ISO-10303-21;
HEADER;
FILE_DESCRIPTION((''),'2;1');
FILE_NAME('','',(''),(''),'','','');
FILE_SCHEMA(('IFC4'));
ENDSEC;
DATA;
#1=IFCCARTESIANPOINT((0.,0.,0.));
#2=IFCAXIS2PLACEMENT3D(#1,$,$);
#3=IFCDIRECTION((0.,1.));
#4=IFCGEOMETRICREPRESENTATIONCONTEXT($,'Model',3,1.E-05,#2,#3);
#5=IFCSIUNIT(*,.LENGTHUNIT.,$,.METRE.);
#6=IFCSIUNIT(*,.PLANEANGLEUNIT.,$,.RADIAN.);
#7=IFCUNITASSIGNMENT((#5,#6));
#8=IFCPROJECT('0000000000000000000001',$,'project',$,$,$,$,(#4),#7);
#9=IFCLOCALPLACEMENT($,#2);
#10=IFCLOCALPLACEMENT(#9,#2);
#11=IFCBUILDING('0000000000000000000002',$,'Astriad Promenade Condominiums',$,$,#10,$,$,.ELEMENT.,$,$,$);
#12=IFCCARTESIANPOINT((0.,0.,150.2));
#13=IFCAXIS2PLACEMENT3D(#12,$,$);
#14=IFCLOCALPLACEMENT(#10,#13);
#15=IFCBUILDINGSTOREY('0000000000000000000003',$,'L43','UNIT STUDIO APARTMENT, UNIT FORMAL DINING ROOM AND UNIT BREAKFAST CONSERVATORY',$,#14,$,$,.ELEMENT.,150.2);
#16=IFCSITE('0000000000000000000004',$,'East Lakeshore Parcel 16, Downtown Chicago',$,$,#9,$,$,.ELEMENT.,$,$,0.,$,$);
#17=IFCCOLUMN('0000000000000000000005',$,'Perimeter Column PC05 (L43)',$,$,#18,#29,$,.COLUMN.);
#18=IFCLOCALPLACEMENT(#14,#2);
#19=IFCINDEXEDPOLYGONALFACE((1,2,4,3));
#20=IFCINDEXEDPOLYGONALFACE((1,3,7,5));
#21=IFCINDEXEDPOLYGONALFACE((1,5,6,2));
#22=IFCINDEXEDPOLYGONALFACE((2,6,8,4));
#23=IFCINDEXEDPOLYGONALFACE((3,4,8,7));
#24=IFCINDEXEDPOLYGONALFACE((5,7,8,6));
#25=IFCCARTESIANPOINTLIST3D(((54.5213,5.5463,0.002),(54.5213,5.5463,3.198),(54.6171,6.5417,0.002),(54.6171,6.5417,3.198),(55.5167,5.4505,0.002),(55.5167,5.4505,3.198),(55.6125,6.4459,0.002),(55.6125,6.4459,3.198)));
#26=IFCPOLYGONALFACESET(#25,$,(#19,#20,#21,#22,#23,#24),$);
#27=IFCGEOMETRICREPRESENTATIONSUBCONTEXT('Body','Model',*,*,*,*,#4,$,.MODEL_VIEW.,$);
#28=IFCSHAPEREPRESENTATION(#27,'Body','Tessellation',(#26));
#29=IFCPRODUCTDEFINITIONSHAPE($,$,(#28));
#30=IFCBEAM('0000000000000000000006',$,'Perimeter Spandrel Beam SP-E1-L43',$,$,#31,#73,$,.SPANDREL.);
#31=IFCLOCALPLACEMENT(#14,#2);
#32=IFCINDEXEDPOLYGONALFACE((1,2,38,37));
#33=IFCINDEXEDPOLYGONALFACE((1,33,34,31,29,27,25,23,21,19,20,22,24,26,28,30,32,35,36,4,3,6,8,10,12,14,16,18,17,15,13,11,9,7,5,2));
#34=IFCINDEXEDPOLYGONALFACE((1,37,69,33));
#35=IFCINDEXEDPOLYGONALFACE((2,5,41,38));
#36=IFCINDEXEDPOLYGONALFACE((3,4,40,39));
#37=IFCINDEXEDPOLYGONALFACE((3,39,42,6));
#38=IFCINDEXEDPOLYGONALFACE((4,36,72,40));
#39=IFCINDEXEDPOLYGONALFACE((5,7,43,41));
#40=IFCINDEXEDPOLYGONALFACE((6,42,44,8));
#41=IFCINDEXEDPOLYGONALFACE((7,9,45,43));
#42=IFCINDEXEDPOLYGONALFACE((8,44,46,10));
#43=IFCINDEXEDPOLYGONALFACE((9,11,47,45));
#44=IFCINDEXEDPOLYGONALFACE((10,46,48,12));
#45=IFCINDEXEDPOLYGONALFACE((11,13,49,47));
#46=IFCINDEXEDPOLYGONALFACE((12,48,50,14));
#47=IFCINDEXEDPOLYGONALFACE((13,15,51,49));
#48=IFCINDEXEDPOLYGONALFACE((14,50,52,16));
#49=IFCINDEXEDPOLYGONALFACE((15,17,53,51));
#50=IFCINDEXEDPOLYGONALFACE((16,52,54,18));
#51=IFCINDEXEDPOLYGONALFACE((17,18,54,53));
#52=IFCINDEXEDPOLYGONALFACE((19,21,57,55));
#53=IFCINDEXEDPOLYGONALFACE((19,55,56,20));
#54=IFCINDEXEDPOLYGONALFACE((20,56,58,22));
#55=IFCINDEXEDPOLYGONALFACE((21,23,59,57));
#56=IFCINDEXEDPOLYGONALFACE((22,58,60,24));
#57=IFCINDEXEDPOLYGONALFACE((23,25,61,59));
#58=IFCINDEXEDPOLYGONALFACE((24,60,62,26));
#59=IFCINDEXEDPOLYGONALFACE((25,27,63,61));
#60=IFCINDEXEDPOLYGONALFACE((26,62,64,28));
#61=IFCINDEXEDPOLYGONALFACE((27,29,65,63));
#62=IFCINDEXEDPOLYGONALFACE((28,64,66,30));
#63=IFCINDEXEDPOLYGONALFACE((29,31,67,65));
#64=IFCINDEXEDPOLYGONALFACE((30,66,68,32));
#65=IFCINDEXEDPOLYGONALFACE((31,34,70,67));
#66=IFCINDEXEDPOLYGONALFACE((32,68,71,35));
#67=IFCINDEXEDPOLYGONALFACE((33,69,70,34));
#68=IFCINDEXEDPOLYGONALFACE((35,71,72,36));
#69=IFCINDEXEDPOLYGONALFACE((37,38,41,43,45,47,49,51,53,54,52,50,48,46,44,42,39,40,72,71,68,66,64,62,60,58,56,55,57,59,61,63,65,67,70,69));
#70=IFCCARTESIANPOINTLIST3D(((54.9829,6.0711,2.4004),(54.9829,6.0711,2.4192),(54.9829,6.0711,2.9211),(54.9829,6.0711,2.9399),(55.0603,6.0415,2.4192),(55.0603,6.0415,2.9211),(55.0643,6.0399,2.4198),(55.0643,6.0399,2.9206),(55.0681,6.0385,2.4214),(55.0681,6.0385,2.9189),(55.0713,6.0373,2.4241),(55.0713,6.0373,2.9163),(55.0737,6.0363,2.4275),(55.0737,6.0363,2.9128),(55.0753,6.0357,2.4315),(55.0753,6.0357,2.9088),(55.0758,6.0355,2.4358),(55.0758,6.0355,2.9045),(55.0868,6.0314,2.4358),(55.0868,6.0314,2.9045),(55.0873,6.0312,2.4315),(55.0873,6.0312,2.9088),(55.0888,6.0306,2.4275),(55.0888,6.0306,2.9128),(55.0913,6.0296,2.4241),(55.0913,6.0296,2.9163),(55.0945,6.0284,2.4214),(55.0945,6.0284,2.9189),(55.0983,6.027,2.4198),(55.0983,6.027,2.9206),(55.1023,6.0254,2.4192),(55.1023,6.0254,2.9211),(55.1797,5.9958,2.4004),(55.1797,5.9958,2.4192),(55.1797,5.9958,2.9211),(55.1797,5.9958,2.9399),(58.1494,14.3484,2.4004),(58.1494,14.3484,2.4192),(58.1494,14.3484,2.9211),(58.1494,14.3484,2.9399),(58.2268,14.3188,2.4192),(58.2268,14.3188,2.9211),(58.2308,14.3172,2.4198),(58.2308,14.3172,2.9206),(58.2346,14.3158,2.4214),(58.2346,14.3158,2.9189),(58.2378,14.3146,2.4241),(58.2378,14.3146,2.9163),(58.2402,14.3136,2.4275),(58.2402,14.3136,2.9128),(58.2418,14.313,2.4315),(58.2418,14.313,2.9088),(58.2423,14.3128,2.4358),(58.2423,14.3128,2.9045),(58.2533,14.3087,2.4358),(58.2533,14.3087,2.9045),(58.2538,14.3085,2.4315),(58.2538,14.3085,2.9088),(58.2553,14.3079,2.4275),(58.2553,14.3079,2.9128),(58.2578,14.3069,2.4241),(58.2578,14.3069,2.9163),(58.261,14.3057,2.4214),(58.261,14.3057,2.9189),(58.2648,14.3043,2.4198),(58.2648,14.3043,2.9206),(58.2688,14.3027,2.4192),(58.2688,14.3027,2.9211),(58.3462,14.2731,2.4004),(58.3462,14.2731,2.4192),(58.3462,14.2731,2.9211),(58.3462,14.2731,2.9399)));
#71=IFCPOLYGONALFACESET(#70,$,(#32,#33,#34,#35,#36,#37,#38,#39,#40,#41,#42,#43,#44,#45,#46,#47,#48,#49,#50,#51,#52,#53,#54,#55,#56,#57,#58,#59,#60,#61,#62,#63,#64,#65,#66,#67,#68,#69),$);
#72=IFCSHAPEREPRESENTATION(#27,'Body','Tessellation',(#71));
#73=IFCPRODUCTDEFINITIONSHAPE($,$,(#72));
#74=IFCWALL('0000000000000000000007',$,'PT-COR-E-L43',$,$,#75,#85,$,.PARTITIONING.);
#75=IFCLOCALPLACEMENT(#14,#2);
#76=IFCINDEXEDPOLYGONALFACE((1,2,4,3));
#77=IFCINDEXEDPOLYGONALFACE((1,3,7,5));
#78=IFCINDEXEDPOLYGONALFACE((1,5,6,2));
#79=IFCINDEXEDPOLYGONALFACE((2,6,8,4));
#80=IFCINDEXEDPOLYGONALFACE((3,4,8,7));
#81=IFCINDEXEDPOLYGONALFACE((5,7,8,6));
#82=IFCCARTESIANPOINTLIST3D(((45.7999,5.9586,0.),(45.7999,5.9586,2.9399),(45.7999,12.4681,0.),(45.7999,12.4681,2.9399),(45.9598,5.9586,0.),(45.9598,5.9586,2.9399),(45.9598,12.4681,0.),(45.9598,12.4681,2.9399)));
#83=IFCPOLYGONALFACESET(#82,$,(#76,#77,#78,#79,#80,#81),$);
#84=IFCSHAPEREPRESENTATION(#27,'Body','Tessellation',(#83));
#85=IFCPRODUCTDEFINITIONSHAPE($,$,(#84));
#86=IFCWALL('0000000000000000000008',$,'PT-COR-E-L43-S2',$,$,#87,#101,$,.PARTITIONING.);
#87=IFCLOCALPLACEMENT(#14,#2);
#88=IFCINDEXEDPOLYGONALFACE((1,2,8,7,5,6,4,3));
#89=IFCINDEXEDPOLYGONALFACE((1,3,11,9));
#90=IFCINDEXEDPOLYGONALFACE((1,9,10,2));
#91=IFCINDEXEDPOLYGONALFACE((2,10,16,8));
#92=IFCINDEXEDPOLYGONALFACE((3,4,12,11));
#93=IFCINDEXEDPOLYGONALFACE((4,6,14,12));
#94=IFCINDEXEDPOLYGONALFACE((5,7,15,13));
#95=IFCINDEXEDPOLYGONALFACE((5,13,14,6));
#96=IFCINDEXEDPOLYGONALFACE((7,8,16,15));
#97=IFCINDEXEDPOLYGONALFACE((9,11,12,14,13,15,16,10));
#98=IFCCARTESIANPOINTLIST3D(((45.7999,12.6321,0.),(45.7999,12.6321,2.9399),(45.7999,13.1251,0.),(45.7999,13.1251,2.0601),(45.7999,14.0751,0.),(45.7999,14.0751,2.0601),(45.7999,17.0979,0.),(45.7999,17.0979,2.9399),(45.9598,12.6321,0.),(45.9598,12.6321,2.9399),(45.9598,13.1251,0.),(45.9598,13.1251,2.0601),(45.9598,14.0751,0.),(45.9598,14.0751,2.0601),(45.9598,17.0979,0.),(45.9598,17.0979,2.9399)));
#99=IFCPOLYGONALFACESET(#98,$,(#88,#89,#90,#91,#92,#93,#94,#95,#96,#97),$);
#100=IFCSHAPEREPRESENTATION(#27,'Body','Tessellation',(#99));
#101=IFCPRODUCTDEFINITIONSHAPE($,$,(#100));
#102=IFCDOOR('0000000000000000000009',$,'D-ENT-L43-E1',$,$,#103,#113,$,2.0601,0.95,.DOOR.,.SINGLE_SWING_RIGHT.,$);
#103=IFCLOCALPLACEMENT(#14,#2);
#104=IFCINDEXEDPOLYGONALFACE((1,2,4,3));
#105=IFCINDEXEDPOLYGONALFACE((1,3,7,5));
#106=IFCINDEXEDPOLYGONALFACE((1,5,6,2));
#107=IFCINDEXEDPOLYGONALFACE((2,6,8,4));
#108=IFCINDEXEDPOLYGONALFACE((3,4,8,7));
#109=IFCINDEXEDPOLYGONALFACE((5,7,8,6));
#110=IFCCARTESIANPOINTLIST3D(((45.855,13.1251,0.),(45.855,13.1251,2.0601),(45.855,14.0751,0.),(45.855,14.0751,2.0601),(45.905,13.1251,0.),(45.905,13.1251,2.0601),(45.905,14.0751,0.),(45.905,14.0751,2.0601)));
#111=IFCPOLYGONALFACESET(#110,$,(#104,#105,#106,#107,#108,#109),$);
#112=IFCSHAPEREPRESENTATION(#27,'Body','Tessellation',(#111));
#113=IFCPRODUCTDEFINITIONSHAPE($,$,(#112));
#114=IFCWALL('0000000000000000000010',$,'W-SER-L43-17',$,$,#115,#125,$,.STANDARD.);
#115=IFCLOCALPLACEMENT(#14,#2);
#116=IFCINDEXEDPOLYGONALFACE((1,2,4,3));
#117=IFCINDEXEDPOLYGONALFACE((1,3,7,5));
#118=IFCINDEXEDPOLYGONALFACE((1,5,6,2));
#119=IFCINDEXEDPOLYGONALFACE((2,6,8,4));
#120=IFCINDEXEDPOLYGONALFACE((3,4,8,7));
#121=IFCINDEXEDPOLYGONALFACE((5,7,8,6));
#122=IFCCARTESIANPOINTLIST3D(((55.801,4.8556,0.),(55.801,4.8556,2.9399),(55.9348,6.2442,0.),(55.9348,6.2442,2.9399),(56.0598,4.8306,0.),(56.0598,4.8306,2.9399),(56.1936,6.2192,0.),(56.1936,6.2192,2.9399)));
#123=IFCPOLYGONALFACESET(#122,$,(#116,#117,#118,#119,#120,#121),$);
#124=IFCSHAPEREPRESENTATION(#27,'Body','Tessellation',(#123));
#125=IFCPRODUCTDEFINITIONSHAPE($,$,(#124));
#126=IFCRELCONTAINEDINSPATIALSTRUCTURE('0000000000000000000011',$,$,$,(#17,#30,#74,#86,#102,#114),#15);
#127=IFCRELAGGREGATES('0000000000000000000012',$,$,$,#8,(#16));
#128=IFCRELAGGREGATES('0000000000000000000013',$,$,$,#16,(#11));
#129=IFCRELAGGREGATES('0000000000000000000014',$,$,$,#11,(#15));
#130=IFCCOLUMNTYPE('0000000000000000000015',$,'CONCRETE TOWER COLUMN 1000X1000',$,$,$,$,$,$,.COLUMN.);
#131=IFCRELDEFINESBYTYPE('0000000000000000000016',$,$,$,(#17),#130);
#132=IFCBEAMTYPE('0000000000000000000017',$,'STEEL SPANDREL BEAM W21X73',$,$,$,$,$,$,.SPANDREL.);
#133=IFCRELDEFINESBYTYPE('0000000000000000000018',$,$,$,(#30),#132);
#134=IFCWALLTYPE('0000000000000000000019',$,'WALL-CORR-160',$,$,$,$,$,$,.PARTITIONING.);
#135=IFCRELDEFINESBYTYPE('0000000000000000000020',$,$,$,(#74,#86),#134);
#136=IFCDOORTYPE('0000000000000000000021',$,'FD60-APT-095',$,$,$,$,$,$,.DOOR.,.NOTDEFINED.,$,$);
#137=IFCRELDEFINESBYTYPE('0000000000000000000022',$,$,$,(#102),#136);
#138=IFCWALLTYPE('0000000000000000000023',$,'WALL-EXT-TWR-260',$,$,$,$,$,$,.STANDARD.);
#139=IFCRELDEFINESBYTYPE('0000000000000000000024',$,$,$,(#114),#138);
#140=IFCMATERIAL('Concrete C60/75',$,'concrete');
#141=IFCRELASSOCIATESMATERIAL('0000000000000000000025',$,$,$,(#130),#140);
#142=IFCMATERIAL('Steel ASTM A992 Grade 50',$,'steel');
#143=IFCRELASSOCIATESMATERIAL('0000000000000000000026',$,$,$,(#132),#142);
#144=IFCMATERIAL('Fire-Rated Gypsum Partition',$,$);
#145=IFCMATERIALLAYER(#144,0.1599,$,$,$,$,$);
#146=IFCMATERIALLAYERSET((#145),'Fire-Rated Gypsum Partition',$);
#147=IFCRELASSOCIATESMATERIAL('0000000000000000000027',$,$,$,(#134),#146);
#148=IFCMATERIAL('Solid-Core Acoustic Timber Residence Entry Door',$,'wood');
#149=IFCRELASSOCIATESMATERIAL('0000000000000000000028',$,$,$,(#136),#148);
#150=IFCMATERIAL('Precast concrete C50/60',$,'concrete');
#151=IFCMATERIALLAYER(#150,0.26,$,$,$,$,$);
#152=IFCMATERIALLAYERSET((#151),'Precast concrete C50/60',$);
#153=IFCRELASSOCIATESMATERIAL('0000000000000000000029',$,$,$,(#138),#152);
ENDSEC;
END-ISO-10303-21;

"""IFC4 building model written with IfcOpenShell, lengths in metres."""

from ifc_helpers import new_model, si_unit, direction, frame, frame_2d, origin, origin_2d, place, context, subcontext, project, spatial, rectangle, i_section, extrude, source, transform, mapped, material, layer, layer_set, material_profile, profile_set, type_object, type_shapes, element, fill, save


model = new_model("IFC4")

# Units and contexts
model_context = context("Model", 3, precision=1e-05, world=origin(), true_north=direction((0.0, 1.0)))
body_context = subcontext(model_context, "Body", "Model", "MODEL_VIEW")
ifc_project = project(units=[si_unit("LENGTHUNIT", "METRE"), si_unit("PLANEANGLEUNIT", "RADIAN")], contexts=[model_context])

# Site, building, storey
site_placement = place(None, origin())
site = spatial("IfcSite", under=ifc_project, at=site_placement, Name="East Lakeshore Parcel 16, Downtown Chicago", CompositionType="ELEMENT", RefElevation=0.0)
building_placement = place(site_placement, origin())
building = spatial("IfcBuilding", under=site, at=building_placement, Name="Astriad Promenade Condominiums", CompositionType="ELEMENT")
storey_placement = place(building_placement, frame((0.0, 0.0, 150.2)))
storey = spatial("IfcBuildingStorey", under=building, at=storey_placement, Name="L43", Description="UNIT STUDIO APARTMENT, UNIT FORMAL DINING ROOM AND UNIT BREAKFAST CONSERVATORY", CompositionType="ELEMENT", Elevation=150.2)

# Column
ifc_material_1 = material(Name="Concrete C60/75", Category="concrete")
ifc_material_profile_1 = material_profile(ifc_material_1, rectangle(XDim=1.0, YDim=1.0, at=origin_2d()), Name="RC-COL-1000X1000")
ifc_profile_set_1 = profile_set([ifc_material_profile_1], Name="Concrete C60/75")
column_type = type_object("IfcColumnType", Name="CONCRETE TOWER COLUMN 1000X1000", PredefinedType="COLUMN", material=ifc_profile_set_1)
shared_shape_1 = source(origin(), body_context, "Body", "SweptSolid", [
    extrude(rectangle(XDim=1.0, YDim=1.0, at=origin_2d()), origin(), (0.0, 0.0, 1.0), 3.196),
])
type_shapes(column_type, [shared_shape_1])
column_placement = place(storey_placement, frame((55.0669, 5.9961, 0.002), z_axis=(0.0, 0.0, 1.0), x_axis=(0.995396, -0.095846, 0.0)))
element("IfcColumn", 1, at=column_placement, inside=storey, type_object=column_type, Name="Perimeter Column PC05 (L43)", PredefinedType="COLUMN", context=body_context, shape_type="MappedRepresentation", body=[
    mapped(shared_shape_1, transform((0.0, 0.0, 0.0), scale=1.0)),
])

# Beam
ifc_material_2 = material(Name="Steel ASTM A992 Grade 50", Category="steel")
ifc_material_profile_2 = material_profile(ifc_material_2, i_section(OverallWidth=0.2107, OverallDepth=0.5396, WebThickness=0.0117, FlangeThickness=0.0188, FilletRadius=0.0166, at=origin_2d()), Name="W21X73")
ifc_profile_set_2 = profile_set([ifc_material_profile_2], Name="Steel ASTM A992 Grade 50")
beam_type = type_object("IfcBeamType", Name="STEEL SPANDREL BEAM W21X73", PredefinedType="SPANDREL", material=ifc_profile_set_2)
shared_shape_2 = source(origin(), body_context, "Body", "SweptSolid", [
    extrude(i_section(OverallWidth=0.2107, OverallDepth=0.5396, WebThickness=0.0117, FlangeThickness=0.0188, FilletRadius=0.0166, at=origin_2d()), origin(), (0.0, 0.0, 1.0), 8.8623),
])
type_shapes(beam_type, [shared_shape_2])
beam_placement = place(storey_placement, frame((55.0813, 6.0334, 2.6702), z_axis=(0.357299, 0.93399, 0.0), x_axis=(-0.93399, 0.357299, 0.0)))
element("IfcBeam", 2, at=beam_placement, inside=storey, type_object=beam_type, Name="Perimeter Spandrel Beam SP-E1-L43", PredefinedType="SPANDREL", context=body_context, shape_type="MappedRepresentation", body=[
    mapped(shared_shape_2, transform((0.0, 0.0, 0.0), scale=1.0)),
])

# Wall
ifc_material_3 = material(Name="Fire-Rated Gypsum Partition")
ifc_layer_1 = layer(ifc_material_3, 0.1599)
ifc_layer_set_1 = layer_set([ifc_layer_1], Name="Fire-Rated Gypsum Partition")
wall_type_1 = type_object("IfcWallType", Name="WALL-CORR-160", PredefinedType="PARTITIONING", material=ifc_layer_set_1)
wall_1_placement = place(storey_placement, frame((45.8799, 5.9585, 0.0), z_axis=(0.0, 0.0, 1.0), x_axis=(0.0, 1.0, 0.0)))
element("IfcWall", 3, at=wall_1_placement, inside=storey, type_object=wall_type_1, Name="PT-COR-E-L43", PredefinedType="PARTITIONING", context=body_context, shape_type="SweptSolid", body=[
    extrude(rectangle(XDim=6.5095, YDim=0.1599, at=frame_2d((3.2549, 0.0))), origin(), (0.0, 0.0, 1.0), 2.9399),
])

# Wall, opening, door
wall_2_placement = place(storey_placement, frame((45.8799, 12.6321, 0.0), z_axis=(0.0, 0.0, 1.0), x_axis=(0.0, 1.0, 0.0)))
wall_2 = element("IfcWall", 4, at=wall_2_placement, inside=storey, type_object=wall_type_1, Name="PT-COR-E-L43-S2", PredefinedType="PARTITIONING", context=body_context, shape_type="SweptSolid", body=[
    extrude(rectangle(XDim=4.4658, YDim=0.1599, at=frame_2d((2.2329, 0.0))), origin(), (0.0, 0.0, 1.0), 2.9399),
])
opening_1_placement = place(wall_2_placement, frame((0.4929, 0.0, 0.0)))
opening_1 = element("IfcOpeningElement", 5, at=opening_1_placement, cuts=wall_2, PredefinedType="OPENING", context=body_context, shape_type="SweptSolid", body=[
    extrude(rectangle(XDim=0.95, YDim=2.0601, at=frame_2d((0.4751, 1.03))), frame((0.0, 0.0898, 0.0), z_axis=(0.0, -1.0, 0.0), x_axis=(1.0, 0.0, 0.0)), (0.0, 0.0, 1.0), 0.1799),
])
ifc_material_4 = material(Name="Solid-Core Acoustic Timber Residence Entry Door", Category="wood")
door_type_1 = type_object("IfcDoorType", Name="FD60-APT-095", OperationType="NOTDEFINED", PredefinedType="DOOR", material=ifc_material_4)
shared_shape_3 = source(origin(), body_context, "Body", "SweptSolid", [
    extrude(rectangle(XDim=0.95, YDim=2.0601, at=frame_2d((0.4751, 1.03))), frame((0.0, 0.0249, 0.0), z_axis=(0.0, -1.0, 0.0), x_axis=(1.0, 0.0, 0.0)), (0.0, 0.0, 1.0), 0.05),
])
type_shapes(door_type_1, [shared_shape_3])
door_1_placement = place(opening_1_placement, origin())
door_1 = element("IfcDoor", 6, at=door_1_placement, inside=storey, type_object=door_type_1, Name="D-ENT-L43-E1", OperationType="SINGLE_SWING_RIGHT", OverallHeight=2.0601, OverallWidth=0.95, PredefinedType="DOOR", context=body_context, shape_type="MappedRepresentation", body=[
    mapped(shared_shape_3, transform((0.0, 0.0, 0.0), scale=1.0)),
])
fill(opening_1, door_1)

# Wall
ifc_material_5 = material(Name="Precast concrete C50/60", Category="concrete")
ifc_layer_2 = layer(ifc_material_5, 0.26)
ifc_layer_set_2 = layer_set([ifc_layer_2], Name="Precast concrete C50/60")
wall_type_2 = type_object("IfcWallType", Name="WALL-EXT-TWR-260", PredefinedType="STANDARD", material=ifc_layer_set_2)
wall_3_placement = place(storey_placement, frame((56.0642, 6.2317, 0.0), z_axis=(0.0, 0.0, 1.0), x_axis=(-0.095899, -0.995391, 0.0)))
element("IfcWall", 7, at=wall_3_placement, inside=storey, type_object=wall_type_2, Name="W-SER-L43-17", PredefinedType="STANDARD", context=body_context, shape_type="SweptSolid", body=[
    extrude(rectangle(XDim=1.395, YDim=0.26, at=frame_2d((0.6975, 0.0))), origin(), (0.0, 0.0, 1.0), 2.9399),
])

save(model, "model.ifc")
